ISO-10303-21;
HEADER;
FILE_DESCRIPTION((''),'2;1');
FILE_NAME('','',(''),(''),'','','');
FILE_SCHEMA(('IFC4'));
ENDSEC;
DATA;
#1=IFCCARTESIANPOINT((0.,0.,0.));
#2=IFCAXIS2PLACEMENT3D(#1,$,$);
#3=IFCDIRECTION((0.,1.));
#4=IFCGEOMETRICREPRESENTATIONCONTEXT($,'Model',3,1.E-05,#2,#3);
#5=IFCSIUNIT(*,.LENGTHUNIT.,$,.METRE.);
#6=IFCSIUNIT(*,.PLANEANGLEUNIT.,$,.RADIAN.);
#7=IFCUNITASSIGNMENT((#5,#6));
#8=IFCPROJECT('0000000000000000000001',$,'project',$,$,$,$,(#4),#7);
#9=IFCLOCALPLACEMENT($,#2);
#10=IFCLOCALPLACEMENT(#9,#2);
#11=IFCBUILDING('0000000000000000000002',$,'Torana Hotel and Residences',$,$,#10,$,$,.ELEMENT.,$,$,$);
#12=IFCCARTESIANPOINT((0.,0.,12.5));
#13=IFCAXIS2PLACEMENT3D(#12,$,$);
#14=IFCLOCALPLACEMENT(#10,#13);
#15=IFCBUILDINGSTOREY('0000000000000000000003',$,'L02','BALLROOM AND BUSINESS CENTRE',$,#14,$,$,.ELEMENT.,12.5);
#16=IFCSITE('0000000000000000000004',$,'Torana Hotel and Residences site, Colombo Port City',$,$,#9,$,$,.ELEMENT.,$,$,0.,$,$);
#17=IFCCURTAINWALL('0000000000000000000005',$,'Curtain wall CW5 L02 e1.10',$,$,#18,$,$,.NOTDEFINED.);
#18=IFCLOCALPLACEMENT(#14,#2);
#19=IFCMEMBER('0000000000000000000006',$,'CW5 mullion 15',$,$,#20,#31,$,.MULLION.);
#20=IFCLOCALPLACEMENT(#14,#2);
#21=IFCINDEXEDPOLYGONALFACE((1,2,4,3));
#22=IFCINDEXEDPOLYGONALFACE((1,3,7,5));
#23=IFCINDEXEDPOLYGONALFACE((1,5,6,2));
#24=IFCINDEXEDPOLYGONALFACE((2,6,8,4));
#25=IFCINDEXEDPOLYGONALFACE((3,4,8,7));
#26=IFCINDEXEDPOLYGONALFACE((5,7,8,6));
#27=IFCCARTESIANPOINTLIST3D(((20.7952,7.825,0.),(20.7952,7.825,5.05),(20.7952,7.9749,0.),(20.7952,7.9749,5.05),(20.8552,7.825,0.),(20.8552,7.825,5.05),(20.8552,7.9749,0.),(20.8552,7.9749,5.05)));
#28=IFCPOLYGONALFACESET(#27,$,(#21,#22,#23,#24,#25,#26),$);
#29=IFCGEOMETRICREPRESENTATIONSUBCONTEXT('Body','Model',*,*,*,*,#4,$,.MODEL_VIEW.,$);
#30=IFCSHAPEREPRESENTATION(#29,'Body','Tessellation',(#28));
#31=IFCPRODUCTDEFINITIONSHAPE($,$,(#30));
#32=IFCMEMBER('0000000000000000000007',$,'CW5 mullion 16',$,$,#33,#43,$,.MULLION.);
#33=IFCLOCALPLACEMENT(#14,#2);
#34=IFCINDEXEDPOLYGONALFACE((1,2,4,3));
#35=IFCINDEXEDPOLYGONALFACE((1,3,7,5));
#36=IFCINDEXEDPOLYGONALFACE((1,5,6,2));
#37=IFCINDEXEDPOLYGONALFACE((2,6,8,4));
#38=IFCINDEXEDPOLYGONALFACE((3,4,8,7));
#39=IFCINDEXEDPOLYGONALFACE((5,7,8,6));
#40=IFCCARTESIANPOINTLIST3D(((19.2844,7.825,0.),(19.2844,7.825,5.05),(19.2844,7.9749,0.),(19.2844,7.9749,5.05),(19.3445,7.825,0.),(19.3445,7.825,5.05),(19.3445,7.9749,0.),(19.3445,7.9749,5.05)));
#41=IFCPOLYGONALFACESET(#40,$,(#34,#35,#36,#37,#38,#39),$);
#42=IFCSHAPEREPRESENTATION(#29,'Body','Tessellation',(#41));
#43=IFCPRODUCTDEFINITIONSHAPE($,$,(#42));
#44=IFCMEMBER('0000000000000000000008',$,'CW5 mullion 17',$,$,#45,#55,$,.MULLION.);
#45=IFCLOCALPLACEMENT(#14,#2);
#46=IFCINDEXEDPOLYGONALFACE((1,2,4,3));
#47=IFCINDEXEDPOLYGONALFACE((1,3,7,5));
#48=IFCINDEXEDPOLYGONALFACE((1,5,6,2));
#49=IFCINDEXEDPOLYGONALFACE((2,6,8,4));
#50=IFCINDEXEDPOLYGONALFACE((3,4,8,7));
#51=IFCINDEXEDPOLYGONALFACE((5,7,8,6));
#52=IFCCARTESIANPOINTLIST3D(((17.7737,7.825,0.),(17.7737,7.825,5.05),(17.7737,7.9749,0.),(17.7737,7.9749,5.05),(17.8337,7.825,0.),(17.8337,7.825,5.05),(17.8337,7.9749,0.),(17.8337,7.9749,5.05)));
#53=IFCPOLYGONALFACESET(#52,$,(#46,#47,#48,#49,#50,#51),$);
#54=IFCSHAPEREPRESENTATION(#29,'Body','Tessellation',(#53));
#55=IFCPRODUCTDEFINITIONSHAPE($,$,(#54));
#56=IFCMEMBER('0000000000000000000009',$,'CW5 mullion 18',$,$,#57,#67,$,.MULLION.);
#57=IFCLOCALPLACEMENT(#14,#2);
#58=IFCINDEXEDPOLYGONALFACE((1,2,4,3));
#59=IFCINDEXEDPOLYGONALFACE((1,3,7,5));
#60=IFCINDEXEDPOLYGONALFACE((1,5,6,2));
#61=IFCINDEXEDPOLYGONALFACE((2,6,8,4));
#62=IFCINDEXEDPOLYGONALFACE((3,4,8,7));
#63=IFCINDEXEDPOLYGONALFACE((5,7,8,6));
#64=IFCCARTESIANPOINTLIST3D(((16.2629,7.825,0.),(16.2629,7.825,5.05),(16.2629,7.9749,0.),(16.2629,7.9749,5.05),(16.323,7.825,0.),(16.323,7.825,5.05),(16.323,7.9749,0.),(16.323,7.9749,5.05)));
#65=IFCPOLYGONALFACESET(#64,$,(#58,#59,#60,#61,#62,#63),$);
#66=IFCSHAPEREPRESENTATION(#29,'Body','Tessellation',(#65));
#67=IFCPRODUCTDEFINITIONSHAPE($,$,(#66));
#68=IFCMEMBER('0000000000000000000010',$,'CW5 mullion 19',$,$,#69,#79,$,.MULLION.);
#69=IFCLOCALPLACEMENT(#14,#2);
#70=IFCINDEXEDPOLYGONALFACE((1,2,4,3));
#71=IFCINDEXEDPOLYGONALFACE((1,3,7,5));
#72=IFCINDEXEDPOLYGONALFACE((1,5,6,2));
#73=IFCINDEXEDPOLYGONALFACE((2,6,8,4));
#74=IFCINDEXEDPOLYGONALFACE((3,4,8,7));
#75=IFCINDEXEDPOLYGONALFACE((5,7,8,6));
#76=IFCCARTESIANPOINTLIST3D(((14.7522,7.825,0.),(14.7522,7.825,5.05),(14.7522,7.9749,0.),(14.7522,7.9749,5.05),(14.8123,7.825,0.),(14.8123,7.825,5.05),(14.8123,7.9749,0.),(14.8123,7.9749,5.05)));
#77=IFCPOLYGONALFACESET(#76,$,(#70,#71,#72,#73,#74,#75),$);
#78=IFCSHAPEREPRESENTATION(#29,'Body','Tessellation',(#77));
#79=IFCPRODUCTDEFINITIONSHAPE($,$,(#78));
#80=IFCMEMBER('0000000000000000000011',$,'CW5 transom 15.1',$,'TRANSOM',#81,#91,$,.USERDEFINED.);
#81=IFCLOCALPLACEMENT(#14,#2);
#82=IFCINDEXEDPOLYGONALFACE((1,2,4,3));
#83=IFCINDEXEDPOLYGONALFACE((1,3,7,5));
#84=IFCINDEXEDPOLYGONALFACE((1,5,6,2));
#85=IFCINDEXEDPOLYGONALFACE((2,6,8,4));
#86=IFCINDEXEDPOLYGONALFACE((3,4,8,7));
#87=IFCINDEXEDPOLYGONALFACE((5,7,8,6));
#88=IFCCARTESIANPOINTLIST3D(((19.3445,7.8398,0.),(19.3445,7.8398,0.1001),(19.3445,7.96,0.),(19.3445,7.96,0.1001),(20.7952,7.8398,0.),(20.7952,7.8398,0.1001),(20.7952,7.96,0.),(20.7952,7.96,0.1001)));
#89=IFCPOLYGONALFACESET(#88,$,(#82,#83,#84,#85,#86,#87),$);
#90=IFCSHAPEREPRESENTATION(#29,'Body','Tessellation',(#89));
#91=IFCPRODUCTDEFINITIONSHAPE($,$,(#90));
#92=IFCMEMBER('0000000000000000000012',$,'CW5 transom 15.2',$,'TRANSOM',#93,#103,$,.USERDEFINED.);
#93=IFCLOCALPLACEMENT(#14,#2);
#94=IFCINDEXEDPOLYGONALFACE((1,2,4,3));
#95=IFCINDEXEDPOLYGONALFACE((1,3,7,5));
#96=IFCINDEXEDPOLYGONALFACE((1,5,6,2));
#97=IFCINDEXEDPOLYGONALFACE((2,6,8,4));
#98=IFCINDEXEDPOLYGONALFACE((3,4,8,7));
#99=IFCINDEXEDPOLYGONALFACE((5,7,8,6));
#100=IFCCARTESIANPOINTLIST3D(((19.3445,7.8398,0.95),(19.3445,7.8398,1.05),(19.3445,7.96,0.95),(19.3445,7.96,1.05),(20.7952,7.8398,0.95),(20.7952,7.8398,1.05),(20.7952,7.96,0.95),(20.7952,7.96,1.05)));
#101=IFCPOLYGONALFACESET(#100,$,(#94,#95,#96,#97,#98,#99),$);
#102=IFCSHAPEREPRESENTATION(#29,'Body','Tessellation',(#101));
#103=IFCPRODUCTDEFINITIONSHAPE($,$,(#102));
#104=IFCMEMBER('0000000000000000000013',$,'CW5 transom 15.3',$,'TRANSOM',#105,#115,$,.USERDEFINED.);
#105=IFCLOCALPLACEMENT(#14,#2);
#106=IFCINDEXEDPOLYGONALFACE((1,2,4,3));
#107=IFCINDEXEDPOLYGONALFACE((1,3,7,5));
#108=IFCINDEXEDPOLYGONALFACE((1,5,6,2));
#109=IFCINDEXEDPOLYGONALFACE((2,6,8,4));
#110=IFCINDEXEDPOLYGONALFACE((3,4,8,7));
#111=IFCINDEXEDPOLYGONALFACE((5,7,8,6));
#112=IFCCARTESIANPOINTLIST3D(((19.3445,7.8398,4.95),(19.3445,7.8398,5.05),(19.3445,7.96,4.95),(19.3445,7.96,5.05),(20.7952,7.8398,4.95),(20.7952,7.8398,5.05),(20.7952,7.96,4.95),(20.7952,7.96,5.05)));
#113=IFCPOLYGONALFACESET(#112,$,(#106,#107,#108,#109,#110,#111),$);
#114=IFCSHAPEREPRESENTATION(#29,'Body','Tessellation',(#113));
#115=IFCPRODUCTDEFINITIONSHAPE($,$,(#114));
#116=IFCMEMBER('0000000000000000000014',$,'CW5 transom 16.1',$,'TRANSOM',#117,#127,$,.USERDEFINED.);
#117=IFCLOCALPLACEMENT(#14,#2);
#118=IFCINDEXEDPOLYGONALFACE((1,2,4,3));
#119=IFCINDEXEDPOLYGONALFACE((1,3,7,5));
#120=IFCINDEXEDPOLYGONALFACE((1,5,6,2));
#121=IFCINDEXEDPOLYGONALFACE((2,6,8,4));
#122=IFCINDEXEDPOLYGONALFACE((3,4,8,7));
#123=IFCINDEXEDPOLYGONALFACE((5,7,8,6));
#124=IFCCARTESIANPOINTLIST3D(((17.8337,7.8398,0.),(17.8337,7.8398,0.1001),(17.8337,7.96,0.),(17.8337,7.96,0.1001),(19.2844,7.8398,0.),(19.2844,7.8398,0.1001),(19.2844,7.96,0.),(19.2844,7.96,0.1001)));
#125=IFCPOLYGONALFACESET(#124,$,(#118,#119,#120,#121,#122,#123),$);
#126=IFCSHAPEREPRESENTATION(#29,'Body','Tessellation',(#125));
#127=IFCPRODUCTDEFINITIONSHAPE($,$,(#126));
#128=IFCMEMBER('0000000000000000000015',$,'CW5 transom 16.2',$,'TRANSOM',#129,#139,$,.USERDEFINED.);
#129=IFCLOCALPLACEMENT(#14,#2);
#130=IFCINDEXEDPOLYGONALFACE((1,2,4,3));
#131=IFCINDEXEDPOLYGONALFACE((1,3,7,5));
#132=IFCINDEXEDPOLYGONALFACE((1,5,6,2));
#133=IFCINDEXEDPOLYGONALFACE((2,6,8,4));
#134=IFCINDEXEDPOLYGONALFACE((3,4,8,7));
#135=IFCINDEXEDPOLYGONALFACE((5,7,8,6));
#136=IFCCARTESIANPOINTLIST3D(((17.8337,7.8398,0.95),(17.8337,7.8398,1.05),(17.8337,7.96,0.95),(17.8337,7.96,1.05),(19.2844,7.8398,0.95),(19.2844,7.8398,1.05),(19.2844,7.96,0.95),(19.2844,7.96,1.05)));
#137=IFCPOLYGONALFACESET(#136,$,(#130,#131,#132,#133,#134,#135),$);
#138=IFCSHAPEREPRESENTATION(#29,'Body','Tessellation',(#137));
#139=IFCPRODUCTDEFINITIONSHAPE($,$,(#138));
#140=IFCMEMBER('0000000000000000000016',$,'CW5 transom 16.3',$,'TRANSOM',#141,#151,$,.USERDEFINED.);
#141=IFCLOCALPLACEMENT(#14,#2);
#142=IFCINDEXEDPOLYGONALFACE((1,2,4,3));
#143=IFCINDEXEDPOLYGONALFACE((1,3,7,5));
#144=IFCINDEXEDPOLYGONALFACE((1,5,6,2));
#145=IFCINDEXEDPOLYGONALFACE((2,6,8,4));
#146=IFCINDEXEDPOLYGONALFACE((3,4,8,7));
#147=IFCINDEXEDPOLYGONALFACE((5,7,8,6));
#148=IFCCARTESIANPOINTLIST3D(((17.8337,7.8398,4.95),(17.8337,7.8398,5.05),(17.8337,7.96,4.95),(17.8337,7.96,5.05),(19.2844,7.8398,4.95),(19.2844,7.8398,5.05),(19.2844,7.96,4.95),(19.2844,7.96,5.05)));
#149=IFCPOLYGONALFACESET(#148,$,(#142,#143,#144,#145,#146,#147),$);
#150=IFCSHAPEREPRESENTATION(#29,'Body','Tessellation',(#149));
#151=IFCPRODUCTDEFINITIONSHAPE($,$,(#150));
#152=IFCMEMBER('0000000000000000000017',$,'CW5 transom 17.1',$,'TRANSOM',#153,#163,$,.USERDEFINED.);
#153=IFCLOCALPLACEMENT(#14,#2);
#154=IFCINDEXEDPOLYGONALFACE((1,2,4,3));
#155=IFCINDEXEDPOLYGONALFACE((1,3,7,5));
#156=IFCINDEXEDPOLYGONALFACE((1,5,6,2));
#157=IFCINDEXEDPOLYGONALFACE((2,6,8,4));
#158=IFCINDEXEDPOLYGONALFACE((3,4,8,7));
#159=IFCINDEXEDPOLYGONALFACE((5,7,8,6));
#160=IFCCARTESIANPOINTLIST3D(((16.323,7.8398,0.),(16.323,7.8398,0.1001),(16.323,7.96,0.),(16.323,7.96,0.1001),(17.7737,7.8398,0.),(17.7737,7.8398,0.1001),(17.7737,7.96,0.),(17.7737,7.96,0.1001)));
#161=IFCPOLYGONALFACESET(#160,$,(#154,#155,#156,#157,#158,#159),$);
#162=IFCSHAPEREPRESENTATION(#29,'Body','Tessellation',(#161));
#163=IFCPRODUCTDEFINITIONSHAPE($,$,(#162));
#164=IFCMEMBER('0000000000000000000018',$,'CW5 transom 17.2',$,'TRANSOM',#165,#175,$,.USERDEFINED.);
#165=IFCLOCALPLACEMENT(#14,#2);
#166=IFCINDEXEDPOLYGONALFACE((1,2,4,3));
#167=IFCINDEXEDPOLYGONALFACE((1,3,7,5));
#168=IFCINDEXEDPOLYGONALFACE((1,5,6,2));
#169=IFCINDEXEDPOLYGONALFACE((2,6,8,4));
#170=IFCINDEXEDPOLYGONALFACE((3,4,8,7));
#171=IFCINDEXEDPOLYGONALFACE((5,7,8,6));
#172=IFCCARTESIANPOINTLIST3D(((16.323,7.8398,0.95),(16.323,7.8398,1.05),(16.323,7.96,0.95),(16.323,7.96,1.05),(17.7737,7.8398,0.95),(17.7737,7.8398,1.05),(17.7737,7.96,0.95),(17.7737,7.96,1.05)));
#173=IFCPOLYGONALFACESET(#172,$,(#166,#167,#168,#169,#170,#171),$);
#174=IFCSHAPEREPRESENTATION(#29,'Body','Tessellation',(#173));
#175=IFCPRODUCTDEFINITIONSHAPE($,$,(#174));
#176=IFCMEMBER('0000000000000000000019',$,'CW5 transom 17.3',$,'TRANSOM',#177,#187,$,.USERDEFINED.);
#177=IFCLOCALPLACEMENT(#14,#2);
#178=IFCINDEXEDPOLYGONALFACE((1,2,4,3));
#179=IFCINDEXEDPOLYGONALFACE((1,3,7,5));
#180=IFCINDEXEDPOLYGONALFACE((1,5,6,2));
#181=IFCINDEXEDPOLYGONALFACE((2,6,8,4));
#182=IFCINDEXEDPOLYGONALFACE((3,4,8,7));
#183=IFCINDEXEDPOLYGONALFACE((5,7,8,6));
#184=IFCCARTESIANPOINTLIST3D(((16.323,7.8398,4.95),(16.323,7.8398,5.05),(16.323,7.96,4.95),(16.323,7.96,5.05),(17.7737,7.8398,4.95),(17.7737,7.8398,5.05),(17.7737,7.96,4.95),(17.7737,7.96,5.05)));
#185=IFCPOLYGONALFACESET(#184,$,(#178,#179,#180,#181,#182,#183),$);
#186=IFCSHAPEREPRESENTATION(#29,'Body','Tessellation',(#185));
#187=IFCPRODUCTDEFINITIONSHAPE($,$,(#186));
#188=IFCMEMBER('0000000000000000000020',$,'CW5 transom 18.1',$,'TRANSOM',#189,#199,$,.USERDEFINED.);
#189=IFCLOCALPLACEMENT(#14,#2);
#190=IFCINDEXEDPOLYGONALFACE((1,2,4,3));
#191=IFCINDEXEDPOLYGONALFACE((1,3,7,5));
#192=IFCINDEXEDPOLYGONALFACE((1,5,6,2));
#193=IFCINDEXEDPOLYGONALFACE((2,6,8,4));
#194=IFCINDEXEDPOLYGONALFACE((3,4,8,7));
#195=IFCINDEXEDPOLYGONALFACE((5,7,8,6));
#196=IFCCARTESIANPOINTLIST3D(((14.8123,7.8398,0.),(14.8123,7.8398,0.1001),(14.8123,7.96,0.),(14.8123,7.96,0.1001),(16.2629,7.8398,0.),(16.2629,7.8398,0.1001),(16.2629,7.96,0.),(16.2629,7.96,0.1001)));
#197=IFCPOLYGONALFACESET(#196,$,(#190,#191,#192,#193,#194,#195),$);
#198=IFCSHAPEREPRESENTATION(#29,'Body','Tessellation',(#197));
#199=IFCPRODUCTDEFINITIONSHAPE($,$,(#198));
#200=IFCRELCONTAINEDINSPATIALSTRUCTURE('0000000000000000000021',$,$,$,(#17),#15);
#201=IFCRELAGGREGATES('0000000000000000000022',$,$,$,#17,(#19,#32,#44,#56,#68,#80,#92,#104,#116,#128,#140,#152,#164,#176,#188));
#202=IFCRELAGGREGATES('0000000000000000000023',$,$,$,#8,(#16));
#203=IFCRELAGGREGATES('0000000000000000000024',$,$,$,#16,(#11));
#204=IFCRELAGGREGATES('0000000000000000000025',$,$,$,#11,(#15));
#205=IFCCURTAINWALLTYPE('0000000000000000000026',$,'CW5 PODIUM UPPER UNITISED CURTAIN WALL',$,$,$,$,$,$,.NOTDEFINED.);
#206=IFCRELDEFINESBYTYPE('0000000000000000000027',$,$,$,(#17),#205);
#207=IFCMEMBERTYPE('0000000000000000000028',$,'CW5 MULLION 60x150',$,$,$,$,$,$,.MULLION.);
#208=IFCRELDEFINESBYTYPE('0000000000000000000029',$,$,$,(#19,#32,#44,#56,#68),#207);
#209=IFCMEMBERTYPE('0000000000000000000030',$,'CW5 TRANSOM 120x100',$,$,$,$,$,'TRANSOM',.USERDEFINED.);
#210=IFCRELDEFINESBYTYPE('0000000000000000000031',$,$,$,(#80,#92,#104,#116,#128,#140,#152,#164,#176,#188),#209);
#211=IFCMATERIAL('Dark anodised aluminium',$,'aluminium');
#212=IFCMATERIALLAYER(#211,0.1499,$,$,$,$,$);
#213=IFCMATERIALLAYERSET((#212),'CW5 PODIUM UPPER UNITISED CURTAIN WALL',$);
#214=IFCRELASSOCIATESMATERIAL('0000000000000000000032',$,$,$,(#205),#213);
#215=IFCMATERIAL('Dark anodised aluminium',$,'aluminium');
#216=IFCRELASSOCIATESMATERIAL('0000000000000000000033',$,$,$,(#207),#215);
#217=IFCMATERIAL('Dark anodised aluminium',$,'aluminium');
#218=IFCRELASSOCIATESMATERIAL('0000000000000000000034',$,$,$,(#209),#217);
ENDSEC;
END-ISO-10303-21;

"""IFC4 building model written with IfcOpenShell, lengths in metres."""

from ifc_helpers import new_model, si_unit, direction, frame, origin, origin_2d, place, context, subcontext, project, spatial, rectangle, extrude, material, layer, layer_set, material_profile, profile_set, type_object, element, aggregate, save


model = new_model("IFC4")

# Units and contexts
model_context = context("Model", 3, precision=1e-05, world=origin(), true_north=direction((0.0, 1.0)))
body_context = subcontext(model_context, "Body", "Model", "MODEL_VIEW")
ifc_project = project(units=[si_unit("LENGTHUNIT", "METRE"), si_unit("PLANEANGLEUNIT", "RADIAN")], contexts=[model_context])

# Site, building, storey
site_placement = place(None, origin())
site = spatial("IfcSite", under=ifc_project, at=site_placement, Name="Torana Hotel and Residences site, Colombo Port City", CompositionType="ELEMENT", RefElevation=0.0)
building_placement = place(site_placement, origin())
building = spatial("IfcBuilding", under=site, at=building_placement, Name="Torana Hotel and Residences", CompositionType="ELEMENT")
storey_placement = place(building_placement, frame((0.0, 0.0, 12.5)))
storey = spatial("IfcBuildingStorey", under=building, at=storey_placement, Name="L02", Description="BALLROOM AND BUSINESS CENTRE", CompositionType="ELEMENT", Elevation=12.5)

# Curtain wall, members
ifc_material_1 = material(Name="Dark anodised aluminium", Category="aluminium")
ifc_layer_1 = layer(ifc_material_1, 0.1499)
ifc_layer_set_1 = layer_set([ifc_layer_1], Name="CW5 PODIUM UPPER UNITISED CURTAIN WALL")
curtain_wall_type = type_object("IfcCurtainWallType", Name="CW5 PODIUM UPPER UNITISED CURTAIN WALL", PredefinedType="NOTDEFINED", material=ifc_layer_set_1)
curtain_wall_placement = place(storey_placement, origin())
curtain_wall = element("IfcCurtainWall", 1, at=curtain_wall_placement, inside=storey, type_object=curtain_wall_type, Name="Curtain wall CW5 L02 e1.10", PredefinedType="NOTDEFINED")
ifc_material_2 = material(Name="Dark anodised aluminium", Category="aluminium")
ifc_material_profile_1 = material_profile(ifc_material_2, rectangle(XDim=0.1499, YDim=0.0601, at=origin_2d()), Name="CW5 MULLION 60x150")
ifc_profile_set_1 = profile_set([ifc_material_profile_1], Name="Dark anodised aluminium")
member_type_1 = type_object("IfcMemberType", Name="CW5 MULLION 60x150", PredefinedType="MULLION", material=ifc_profile_set_1)
member_1_placement = place(storey_placement, frame((20.8252, 7.8999, 0.0), z_axis=(0.0, 0.0, 1.0), x_axis=(0.0, -1.0, 0.0)))
member_1 = element("IfcMember", 2, at=member_1_placement, type_object=member_type_1, Name="CW5 mullion 15", PredefinedType="MULLION", context=body_context, shape_type="SweptSolid", body=[
    extrude(rectangle(XDim=0.1499, YDim=0.0601, at=origin_2d()), origin(), (0.0, 0.0, 1.0), 5.05),
])
member_2_placement = place(storey_placement, frame((19.3145, 7.8999, 0.0), z_axis=(0.0, 0.0, 1.0), x_axis=(0.0, -1.0, 0.0)))
member_2 = element("IfcMember", 3, at=member_2_placement, type_object=member_type_1, Name="CW5 mullion 16", PredefinedType="MULLION", context=body_context, shape_type="SweptSolid", body=[
    extrude(rectangle(XDim=0.1499, YDim=0.0601, at=origin_2d()), origin(), (0.0, 0.0, 1.0), 5.05),
])
member_3_placement = place(storey_placement, frame((17.8037, 7.8999, 0.0), z_axis=(0.0, 0.0, 1.0), x_axis=(0.0, -1.0, 0.0)))
member_3 = element("IfcMember", 4, at=member_3_placement, type_object=member_type_1, Name="CW5 mullion 17", PredefinedType="MULLION", context=body_context, shape_type="SweptSolid", body=[
    extrude(rectangle(XDim=0.1499, YDim=0.0601, at=origin_2d()), origin(), (0.0, 0.0, 1.0), 5.05),
])
member_4_placement = place(storey_placement, frame((16.293, 7.8999, 0.0), z_axis=(0.0, 0.0, 1.0), x_axis=(0.0, -1.0, 0.0)))
member_4 = element("IfcMember", 5, at=member_4_placement, type_object=member_type_1, Name="CW5 mullion 18", PredefinedType="MULLION", context=body_context, shape_type="SweptSolid", body=[
    extrude(rectangle(XDim=0.1499, YDim=0.0601, at=origin_2d()), origin(), (0.0, 0.0, 1.0), 5.05),
])
member_5_placement = place(storey_placement, frame((14.7822, 7.8999, 0.0), z_axis=(0.0, 0.0, 1.0), x_axis=(0.0, -1.0, 0.0)))
member_5 = element("IfcMember", 6, at=member_5_placement, type_object=member_type_1, Name="CW5 mullion 19", PredefinedType="MULLION", context=body_context, shape_type="SweptSolid", body=[
    extrude(rectangle(XDim=0.1499, YDim=0.0601, at=origin_2d()), origin(), (0.0, 0.0, 1.0), 5.05),
])
ifc_material_3 = material(Name="Dark anodised aluminium", Category="aluminium")
ifc_material_profile_2 = material_profile(ifc_material_3, rectangle(XDim=0.1201, YDim=0.1001, at=origin_2d()), Name="CW5 TRANSOM 120x100")
ifc_profile_set_2 = profile_set([ifc_material_profile_2], Name="Dark anodised aluminium")
member_type_2 = type_object("IfcMemberType", Name="CW5 TRANSOM 120x100", ElementType="TRANSOM", PredefinedType="USERDEFINED", material=ifc_profile_set_2)
member_6_placement = place(storey_placement, frame((20.7952, 7.8999, 0.05), z_axis=(-1.0, 0.0, 0.0), x_axis=(0.0, -1.0, 0.0)))
member_6 = element("IfcMember", 7, at=member_6_placement, type_object=member_type_2, Name="CW5 transom 15.1", ObjectType="TRANSOM", PredefinedType="USERDEFINED", context=body_context, shape_type="SweptSolid", body=[
    extrude(rectangle(XDim=0.1201, YDim=0.1001, at=origin_2d()), origin(), (0.0, 0.0, 1.0), 1.4507),
])
member_7_placement = place(storey_placement, frame((20.7952, 7.8999, 1.0), z_axis=(-1.0, 0.0, 0.0), x_axis=(0.0, -1.0, 0.0)))
member_7 = element("IfcMember", 8, at=member_7_placement, type_object=member_type_2, Name="CW5 transom 15.2", ObjectType="TRANSOM", PredefinedType="USERDEFINED", context=body_context, shape_type="SweptSolid", body=[
    extrude(rectangle(XDim=0.1201, YDim=0.1001, at=origin_2d()), origin(), (0.0, 0.0, 1.0), 1.4507),
])
member_8_placement = place(storey_placement, frame((20.7952, 7.8999, 5.0), z_axis=(-1.0, 0.0, 0.0), x_axis=(0.0, -1.0, 0.0)))
member_8 = element("IfcMember", 9, at=member_8_placement, type_object=member_type_2, Name="CW5 transom 15.3", ObjectType="TRANSOM", PredefinedType="USERDEFINED", context=body_context, shape_type="SweptSolid", body=[
    extrude(rectangle(XDim=0.1201, YDim=0.1001, at=origin_2d()), origin(), (0.0, 0.0, 1.0), 1.4507),
])
member_9_placement = place(storey_placement, frame((19.2844, 7.8999, 0.05), z_axis=(-1.0, 0.0, 0.0), x_axis=(0.0, -1.0, 0.0)))
member_9 = element("IfcMember", 10, at=member_9_placement, type_object=member_type_2, Name="CW5 transom 16.1", ObjectType="TRANSOM", PredefinedType="USERDEFINED", context=body_context, shape_type="SweptSolid", body=[
    extrude(rectangle(XDim=0.1201, YDim=0.1001, at=origin_2d()), origin(), (0.0, 0.0, 1.0), 1.4507),
])
member_10_placement = place(storey_placement, frame((19.2844, 7.8999, 1.0), z_axis=(-1.0, 0.0, 0.0), x_axis=(0.0, -1.0, 0.0)))
member_10 = element("IfcMember", 11, at=member_10_placement, type_object=member_type_2, Name="CW5 transom 16.2", ObjectType="TRANSOM", PredefinedType="USERDEFINED", context=body_context, shape_type="SweptSolid", body=[
    extrude(rectangle(XDim=0.1201, YDim=0.1001, at=origin_2d()), origin(), (0.0, 0.0, 1.0), 1.4507),
])
member_11_placement = place(storey_placement, frame((19.2844, 7.8999, 5.0), z_axis=(-1.0, 0.0, 0.0), x_axis=(0.0, -1.0, 0.0)))
member_11 = element("IfcMember", 12, at=member_11_placement, type_object=member_type_2, Name="CW5 transom 16.3", ObjectType="TRANSOM", PredefinedType="USERDEFINED", context=body_context, shape_type="SweptSolid", body=[
    extrude(rectangle(XDim=0.1201, YDim=0.1001, at=origin_2d()), origin(), (0.0, 0.0, 1.0), 1.4507),
])
member_12_placement = place(storey_placement, frame((17.7737, 7.8999, 0.05), z_axis=(-1.0, 0.0, 0.0), x_axis=(0.0, -1.0, 0.0)))
member_12 = element("IfcMember", 13, at=member_12_placement, type_object=member_type_2, Name="CW5 transom 17.1", ObjectType="TRANSOM", PredefinedType="USERDEFINED", context=body_context, shape_type="SweptSolid", body=[
    extrude(rectangle(XDim=0.1201, YDim=0.1001, at=origin_2d()), origin(), (0.0, 0.0, 1.0), 1.4507),
])
member_13_placement = place(storey_placement, frame((17.7737, 7.8999, 1.0), z_axis=(-1.0, 0.0, 0.0), x_axis=(0.0, -1.0, 0.0)))
member_13 = element("IfcMember", 14, at=member_13_placement, type_object=member_type_2, Name="CW5 transom 17.2", ObjectType="TRANSOM", PredefinedType="USERDEFINED", context=body_context, shape_type="SweptSolid", body=[
    extrude(rectangle(XDim=0.1201, YDim=0.1001, at=origin_2d()), origin(), (0.0, 0.0, 1.0), 1.4507),
])
member_14_placement = place(storey_placement, frame((17.7737, 7.8999, 5.0), z_axis=(-1.0, 0.0, 0.0), x_axis=(0.0, -1.0, 0.0)))
member_14 = element("IfcMember", 15, at=member_14_placement, type_object=member_type_2, Name="CW5 transom 17.3", ObjectType="TRANSOM", PredefinedType="USERDEFINED", context=body_context, shape_type="SweptSolid", body=[
    extrude(rectangle(XDim=0.1201, YDim=0.1001, at=origin_2d()), origin(), (0.0, 0.0, 1.0), 1.4507),
])
member_15_placement = place(storey_placement, frame((16.2629, 7.8999, 0.05), z_axis=(-1.0, 0.0, 0.0), x_axis=(0.0, -1.0, 0.0)))
member_15 = element("IfcMember", 16, at=member_15_placement, type_object=member_type_2, Name="CW5 transom 18.1", ObjectType="TRANSOM", PredefinedType="USERDEFINED", context=body_context, shape_type="SweptSolid", body=[
    extrude(rectangle(XDim=0.1201, YDim=0.1001, at=origin_2d()), origin(), (0.0, 0.0, 1.0), 1.4507),
])
aggregate(curtain_wall, [member_1, member_2, member_3, member_4, member_5, member_6, member_7, member_8, member_9, member_10, member_11, member_12, member_13, member_14, member_15])

save(model, "model.ifc")
